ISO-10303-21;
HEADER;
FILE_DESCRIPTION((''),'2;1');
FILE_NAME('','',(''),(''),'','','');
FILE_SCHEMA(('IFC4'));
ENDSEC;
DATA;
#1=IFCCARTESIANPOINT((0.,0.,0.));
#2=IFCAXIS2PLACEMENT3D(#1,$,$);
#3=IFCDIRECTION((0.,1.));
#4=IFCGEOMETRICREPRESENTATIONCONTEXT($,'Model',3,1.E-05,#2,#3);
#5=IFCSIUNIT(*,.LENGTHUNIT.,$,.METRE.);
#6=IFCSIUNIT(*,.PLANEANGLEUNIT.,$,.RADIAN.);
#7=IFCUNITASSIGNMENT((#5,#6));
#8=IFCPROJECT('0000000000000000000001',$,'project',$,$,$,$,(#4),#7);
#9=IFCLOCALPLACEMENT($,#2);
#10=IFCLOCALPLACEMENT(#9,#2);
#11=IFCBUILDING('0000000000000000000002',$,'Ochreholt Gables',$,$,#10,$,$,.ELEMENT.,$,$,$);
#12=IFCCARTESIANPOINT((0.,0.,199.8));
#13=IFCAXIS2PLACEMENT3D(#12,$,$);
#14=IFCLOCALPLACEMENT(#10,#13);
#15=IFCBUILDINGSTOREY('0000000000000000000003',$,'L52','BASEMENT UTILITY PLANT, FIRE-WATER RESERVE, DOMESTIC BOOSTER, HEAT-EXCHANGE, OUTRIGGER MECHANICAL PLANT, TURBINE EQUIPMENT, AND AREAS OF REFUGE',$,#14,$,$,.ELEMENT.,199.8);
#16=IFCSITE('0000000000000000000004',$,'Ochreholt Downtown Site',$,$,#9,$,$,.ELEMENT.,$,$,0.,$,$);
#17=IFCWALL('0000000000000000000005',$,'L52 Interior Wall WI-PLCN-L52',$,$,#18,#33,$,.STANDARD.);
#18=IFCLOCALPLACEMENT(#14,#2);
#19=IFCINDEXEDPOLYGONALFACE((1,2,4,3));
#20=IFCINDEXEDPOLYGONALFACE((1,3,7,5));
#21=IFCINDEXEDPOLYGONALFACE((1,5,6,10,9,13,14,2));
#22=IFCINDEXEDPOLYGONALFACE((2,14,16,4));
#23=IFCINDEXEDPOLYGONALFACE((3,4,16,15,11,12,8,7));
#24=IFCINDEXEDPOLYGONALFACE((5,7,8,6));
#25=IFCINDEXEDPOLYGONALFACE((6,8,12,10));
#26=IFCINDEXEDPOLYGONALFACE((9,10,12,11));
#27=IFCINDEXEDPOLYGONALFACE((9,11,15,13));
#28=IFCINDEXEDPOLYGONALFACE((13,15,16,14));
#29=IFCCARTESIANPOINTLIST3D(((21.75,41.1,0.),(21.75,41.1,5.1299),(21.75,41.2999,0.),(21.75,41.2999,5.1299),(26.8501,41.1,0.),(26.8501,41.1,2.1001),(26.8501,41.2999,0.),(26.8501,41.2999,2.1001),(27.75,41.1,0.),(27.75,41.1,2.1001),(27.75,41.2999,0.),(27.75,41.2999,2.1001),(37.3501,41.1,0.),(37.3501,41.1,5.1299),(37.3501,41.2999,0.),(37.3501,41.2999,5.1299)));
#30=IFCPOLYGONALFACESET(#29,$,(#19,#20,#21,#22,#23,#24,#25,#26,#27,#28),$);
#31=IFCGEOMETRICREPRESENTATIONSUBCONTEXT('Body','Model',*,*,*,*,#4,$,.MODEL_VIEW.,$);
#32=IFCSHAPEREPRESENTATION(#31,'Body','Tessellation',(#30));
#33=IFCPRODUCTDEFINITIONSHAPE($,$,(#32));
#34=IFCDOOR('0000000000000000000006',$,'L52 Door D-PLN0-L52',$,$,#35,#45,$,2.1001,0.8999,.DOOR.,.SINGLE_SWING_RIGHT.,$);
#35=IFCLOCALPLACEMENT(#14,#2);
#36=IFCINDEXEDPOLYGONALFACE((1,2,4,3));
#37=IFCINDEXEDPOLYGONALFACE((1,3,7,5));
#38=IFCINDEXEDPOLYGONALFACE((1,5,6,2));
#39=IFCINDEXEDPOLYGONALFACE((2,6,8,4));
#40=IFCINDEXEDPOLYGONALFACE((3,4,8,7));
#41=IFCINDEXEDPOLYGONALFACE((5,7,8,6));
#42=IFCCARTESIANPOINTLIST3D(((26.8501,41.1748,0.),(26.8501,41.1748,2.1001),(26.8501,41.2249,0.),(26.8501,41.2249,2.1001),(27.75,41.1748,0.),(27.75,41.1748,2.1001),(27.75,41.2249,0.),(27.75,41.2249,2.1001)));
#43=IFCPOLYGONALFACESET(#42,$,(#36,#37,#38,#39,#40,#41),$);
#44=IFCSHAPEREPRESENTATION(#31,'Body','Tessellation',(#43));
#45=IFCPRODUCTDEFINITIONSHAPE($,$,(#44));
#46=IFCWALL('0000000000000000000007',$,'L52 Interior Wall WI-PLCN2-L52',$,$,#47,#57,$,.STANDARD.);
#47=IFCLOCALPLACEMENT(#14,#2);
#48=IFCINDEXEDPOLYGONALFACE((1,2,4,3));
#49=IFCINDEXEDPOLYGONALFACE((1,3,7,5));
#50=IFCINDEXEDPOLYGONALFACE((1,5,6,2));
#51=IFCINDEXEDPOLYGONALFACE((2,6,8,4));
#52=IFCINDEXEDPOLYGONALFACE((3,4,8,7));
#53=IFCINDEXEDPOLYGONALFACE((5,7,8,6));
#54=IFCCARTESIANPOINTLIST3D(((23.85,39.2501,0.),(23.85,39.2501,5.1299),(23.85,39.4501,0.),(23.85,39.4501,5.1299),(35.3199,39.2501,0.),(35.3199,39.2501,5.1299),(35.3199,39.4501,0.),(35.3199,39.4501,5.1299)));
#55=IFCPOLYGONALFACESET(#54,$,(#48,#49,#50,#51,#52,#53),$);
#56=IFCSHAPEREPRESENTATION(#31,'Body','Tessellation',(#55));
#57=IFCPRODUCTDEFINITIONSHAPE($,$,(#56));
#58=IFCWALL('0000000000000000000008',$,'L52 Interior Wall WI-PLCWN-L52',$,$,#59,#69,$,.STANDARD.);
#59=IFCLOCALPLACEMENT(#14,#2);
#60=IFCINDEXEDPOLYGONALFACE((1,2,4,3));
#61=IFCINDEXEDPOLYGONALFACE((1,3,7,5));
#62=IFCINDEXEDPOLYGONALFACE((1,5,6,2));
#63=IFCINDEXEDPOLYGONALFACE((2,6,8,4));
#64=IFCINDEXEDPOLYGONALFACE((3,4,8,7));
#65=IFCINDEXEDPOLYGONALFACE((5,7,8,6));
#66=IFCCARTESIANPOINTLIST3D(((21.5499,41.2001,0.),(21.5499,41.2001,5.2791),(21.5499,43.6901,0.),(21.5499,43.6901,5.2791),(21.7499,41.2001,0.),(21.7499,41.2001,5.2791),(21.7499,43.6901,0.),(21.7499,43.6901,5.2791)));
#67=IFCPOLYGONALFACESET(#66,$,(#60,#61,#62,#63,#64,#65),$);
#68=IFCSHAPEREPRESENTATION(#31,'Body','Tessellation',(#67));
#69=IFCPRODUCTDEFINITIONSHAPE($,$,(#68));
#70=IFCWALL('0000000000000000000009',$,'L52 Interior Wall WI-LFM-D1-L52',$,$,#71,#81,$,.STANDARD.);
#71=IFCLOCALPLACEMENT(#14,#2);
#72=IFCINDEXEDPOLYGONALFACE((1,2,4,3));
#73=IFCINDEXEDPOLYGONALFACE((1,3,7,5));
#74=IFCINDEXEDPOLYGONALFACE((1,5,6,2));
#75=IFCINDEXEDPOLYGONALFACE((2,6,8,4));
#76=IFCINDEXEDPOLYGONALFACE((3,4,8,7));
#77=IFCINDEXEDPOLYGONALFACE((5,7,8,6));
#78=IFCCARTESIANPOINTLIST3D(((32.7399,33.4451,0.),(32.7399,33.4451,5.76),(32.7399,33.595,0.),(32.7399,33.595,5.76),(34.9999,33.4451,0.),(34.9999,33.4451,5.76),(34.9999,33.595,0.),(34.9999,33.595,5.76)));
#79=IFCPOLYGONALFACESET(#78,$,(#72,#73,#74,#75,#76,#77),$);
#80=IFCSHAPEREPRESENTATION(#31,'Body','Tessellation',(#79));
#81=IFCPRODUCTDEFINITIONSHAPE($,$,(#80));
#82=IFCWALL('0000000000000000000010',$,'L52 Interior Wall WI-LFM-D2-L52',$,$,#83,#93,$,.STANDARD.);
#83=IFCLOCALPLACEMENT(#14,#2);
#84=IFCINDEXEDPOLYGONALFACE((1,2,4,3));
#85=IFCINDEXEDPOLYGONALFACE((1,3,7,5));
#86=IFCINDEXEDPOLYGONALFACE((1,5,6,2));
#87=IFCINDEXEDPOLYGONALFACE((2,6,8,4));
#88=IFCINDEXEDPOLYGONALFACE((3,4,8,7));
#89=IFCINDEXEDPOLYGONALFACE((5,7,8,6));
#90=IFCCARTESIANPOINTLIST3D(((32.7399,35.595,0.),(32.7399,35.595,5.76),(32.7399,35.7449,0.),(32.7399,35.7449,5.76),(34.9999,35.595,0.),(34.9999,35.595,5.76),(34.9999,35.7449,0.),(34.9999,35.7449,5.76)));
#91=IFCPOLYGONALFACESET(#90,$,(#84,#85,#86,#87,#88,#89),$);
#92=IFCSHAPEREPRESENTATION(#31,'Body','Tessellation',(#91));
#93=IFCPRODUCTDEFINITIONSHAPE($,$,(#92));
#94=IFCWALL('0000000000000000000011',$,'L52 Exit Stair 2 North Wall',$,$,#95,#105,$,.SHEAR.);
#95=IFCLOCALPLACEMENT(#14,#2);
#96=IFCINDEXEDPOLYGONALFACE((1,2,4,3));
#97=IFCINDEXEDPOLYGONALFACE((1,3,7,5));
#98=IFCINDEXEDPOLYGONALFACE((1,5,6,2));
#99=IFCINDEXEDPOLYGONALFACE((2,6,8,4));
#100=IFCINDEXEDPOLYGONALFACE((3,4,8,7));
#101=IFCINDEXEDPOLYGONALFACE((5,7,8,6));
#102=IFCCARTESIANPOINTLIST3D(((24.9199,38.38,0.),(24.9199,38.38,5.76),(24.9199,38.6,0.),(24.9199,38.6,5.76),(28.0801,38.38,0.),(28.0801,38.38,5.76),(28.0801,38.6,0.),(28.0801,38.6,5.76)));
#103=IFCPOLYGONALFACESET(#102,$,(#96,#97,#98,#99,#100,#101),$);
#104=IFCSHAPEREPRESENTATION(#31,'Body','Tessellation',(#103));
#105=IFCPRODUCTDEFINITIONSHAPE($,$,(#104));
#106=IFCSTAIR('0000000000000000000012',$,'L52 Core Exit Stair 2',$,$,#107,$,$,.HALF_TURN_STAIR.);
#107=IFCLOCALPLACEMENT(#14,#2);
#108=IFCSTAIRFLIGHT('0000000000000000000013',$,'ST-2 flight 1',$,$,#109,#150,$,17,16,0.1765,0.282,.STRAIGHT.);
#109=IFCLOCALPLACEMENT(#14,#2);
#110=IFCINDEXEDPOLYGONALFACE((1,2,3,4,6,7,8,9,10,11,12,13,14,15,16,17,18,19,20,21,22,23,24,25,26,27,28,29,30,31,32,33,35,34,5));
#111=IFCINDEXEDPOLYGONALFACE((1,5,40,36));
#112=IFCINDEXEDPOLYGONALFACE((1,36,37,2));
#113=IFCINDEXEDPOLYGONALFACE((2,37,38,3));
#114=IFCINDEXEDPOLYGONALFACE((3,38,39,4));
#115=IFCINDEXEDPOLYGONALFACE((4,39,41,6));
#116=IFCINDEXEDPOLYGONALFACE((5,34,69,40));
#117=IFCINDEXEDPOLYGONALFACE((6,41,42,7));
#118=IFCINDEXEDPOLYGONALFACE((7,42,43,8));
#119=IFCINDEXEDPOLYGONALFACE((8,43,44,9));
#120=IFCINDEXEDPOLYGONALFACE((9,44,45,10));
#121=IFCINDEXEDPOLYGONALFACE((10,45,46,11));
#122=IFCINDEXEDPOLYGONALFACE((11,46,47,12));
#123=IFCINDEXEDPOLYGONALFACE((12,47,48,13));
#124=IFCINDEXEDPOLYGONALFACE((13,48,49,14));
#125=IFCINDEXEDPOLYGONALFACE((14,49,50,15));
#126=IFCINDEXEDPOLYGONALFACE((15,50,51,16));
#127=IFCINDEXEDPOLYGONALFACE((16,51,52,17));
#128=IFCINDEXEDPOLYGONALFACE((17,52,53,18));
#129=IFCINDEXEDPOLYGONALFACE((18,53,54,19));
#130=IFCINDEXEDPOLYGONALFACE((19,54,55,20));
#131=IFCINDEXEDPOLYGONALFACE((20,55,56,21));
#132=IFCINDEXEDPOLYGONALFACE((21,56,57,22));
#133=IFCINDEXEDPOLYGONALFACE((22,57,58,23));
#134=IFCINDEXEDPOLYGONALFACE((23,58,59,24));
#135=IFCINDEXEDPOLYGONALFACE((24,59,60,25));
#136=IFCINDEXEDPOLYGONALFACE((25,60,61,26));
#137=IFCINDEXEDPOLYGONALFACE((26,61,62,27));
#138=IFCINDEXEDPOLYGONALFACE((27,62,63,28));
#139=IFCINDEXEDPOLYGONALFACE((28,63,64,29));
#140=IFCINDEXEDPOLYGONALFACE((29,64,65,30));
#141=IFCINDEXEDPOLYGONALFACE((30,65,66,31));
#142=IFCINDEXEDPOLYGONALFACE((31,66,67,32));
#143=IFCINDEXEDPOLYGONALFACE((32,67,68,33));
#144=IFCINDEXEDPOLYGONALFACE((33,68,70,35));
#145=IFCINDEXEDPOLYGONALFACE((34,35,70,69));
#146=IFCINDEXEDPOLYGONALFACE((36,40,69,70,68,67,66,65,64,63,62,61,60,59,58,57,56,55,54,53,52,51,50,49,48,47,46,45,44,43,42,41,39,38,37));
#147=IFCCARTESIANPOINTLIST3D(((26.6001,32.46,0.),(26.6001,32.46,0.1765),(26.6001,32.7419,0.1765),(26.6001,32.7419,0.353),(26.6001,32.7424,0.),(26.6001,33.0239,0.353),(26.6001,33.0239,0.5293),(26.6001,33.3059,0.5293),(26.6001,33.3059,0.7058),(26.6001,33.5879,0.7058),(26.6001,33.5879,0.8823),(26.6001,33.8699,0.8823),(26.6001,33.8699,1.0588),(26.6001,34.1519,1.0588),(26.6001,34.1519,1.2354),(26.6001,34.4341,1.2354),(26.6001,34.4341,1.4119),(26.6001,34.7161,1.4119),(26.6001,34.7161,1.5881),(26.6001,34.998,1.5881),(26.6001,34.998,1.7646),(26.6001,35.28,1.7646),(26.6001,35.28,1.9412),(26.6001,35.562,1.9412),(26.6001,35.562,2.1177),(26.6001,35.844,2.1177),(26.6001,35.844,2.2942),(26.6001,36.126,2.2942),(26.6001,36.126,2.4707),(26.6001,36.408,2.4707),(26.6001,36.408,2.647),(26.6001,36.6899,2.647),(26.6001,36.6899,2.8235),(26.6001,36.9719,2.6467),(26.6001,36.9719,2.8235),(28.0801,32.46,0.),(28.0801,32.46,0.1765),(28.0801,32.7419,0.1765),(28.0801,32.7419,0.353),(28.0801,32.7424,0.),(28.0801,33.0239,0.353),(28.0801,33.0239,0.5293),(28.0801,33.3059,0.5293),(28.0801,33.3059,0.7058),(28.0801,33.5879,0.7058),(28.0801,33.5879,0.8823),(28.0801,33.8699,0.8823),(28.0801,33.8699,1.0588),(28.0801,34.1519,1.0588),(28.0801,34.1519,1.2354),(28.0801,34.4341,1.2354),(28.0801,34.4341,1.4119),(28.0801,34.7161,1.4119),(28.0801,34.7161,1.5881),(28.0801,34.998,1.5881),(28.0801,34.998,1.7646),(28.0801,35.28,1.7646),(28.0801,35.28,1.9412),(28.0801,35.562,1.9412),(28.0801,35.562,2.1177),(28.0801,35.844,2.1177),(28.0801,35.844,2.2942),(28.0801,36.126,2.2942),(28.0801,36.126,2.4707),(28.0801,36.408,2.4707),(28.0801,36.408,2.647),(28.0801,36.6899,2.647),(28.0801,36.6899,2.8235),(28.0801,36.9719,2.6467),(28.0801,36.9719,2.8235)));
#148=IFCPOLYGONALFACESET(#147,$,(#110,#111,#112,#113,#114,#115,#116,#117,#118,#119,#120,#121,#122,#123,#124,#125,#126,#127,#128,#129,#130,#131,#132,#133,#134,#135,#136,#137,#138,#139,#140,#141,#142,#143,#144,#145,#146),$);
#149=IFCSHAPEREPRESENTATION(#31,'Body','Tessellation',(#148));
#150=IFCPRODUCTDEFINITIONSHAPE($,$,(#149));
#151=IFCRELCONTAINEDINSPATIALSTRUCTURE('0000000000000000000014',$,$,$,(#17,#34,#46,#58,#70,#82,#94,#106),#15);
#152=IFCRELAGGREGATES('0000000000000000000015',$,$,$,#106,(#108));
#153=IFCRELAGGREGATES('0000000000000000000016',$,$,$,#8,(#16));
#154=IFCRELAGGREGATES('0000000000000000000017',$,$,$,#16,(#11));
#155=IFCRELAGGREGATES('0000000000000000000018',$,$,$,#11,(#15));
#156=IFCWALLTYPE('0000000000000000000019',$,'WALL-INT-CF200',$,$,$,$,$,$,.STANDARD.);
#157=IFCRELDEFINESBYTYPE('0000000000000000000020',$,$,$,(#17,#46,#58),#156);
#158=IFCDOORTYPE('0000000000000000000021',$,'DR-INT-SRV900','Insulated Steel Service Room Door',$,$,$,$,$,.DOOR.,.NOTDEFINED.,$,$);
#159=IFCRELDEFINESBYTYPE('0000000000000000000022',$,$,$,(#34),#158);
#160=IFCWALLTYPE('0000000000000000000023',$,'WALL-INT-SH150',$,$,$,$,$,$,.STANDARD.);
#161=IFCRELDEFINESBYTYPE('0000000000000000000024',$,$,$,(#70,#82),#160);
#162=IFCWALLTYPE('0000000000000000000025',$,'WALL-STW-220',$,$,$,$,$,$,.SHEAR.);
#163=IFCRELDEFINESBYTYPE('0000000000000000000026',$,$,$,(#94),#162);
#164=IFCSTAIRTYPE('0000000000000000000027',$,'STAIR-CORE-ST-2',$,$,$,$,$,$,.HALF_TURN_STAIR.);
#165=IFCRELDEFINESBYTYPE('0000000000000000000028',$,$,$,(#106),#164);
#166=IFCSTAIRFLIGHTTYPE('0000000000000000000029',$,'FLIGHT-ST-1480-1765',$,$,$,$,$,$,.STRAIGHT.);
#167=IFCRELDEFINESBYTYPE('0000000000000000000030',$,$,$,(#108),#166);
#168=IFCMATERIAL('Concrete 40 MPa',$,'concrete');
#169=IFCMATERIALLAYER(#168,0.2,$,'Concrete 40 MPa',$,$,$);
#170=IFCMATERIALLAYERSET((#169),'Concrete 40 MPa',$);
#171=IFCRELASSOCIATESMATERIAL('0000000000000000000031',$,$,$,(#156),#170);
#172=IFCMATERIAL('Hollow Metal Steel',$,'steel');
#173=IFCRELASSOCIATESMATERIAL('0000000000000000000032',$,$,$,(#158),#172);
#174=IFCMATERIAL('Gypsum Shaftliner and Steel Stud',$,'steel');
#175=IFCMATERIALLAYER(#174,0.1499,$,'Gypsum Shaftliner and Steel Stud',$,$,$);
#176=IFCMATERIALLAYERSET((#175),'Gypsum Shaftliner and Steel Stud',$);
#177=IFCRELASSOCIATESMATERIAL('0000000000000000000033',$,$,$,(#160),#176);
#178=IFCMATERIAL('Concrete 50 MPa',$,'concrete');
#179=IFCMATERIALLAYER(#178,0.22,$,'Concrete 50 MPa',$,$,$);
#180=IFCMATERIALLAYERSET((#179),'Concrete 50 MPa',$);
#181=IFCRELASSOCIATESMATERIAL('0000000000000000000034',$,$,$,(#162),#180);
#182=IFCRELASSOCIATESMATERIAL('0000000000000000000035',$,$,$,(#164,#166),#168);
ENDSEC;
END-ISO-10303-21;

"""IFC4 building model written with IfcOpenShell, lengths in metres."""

from ifc_helpers import new_model, si_unit, direction, frame, frame_2d, origin, place, context, subcontext, project, spatial, polyline, rectangle, outline, extrude, material, layer, layer_set, type_object, element, fill, aggregate, save


model = new_model("IFC4")

# Units and contexts
model_context = context("Model", 3, precision=1e-05, world=origin(), true_north=direction((0.0, 1.0)))
body_context = subcontext(model_context, "Body", "Model", "MODEL_VIEW")
ifc_project = project(units=[si_unit("LENGTHUNIT", "METRE"), si_unit("PLANEANGLEUNIT", "RADIAN")], contexts=[model_context])

# Site, building, storey
site_placement = place(None, origin())
site = spatial("IfcSite", under=ifc_project, at=site_placement, Name="Ochreholt Downtown Site", CompositionType="ELEMENT", RefElevation=0.0)
building_placement = place(site_placement, origin())
building = spatial("IfcBuilding", under=site, at=building_placement, Name="Ochreholt Gables", CompositionType="ELEMENT")
storey_placement = place(building_placement, frame((0.0, 0.0, 199.8)))
storey = spatial("IfcBuildingStorey", under=building, at=storey_placement, Name="L52", Description="BASEMENT UTILITY PLANT, FIRE-WATER RESERVE, DOMESTIC BOOSTER, HEAT-EXCHANGE, OUTRIGGER MECHANICAL PLANT, TURBINE EQUIPMENT, AND AREAS OF REFUGE", CompositionType="ELEMENT", Elevation=199.8)

# Shared definitions
ifc_material_1 = material(Name="Concrete 50 MPa", Category="concrete")

# Shared definitions
ifc_material_2 = material(Name="Concrete 40 MPa", Category="concrete")
ifc_layer_1 = layer(ifc_material_2, 0.2, Name="Concrete 40 MPa")
ifc_layer_set_1 = layer_set([ifc_layer_1], Name="Concrete 40 MPa")
wall_type_1 = type_object("IfcWallType", Name="WALL-INT-CF200", PredefinedType="STANDARD", material=ifc_layer_set_1)

# Wall, opening, door
wall_1_placement = place(storey_placement, frame((21.75, 41.2, 0.0), z_axis=(0.0, 0.0, 1.0), x_axis=(1.0, 0.0, 0.0)))
wall_1 = element("IfcWall", 1, at=wall_1_placement, inside=storey, type_object=wall_type_1, Name="L52 Interior Wall WI-PLCN-L52", PredefinedType="STANDARD", context=body_context, shape_type="SweptSolid", body=[
    extrude(rectangle(XDim=15.6001, YDim=0.2, at=frame_2d((7.8, 0.0))), origin(), (0.0, 0.0, 1.0), 5.1299),
])
opening_placement = place(wall_1_placement, frame((5.1001, 0.0, 0.0)))
opening = element("IfcOpeningElement", 2, at=opening_placement, cuts=wall_1, PredefinedType="OPENING", context=body_context, shape_type="SweptSolid", body=[
    extrude(rectangle(XDim=0.8999, YDim=2.1001, at=frame_2d((0.45, 1.05))), frame((0.0, 0.1099, 0.0), z_axis=(0.0, -1.0, 0.0), x_axis=(1.0, 0.0, 0.0)), (0.0, 0.0, 1.0), 0.22),
])
ifc_material_3 = material(Name="Hollow Metal Steel", Category="steel")
door_type = type_object("IfcDoorType", Name="DR-INT-SRV900", Description="Insulated Steel Service Room Door", OperationType="NOTDEFINED", PredefinedType="DOOR", material=ifc_material_3)
door_placement = place(opening_placement, origin())
door = element("IfcDoor", 3, at=door_placement, inside=storey, type_object=door_type, Name="L52 Door D-PLN0-L52", OperationType="SINGLE_SWING_RIGHT", OverallHeight=2.1001, OverallWidth=0.8999, PredefinedType="DOOR", context=body_context, shape_type="SweptSolid", body=[
    extrude(rectangle(XDim=0.8999, YDim=2.1001, at=frame_2d((0.45, 1.05))), frame((0.0, 0.0249, 0.0), z_axis=(0.0, -1.0, 0.0), x_axis=(1.0, 0.0, 0.0)), (0.0, 0.0, 1.0), 0.05),
])
fill(opening, door)

# Walls
wall_2_placement = place(storey_placement, frame((23.8501, 39.3501, 0.0), z_axis=(0.0, 0.0, 1.0), x_axis=(1.0, 0.0, 0.0)))
element("IfcWall", 4, at=wall_2_placement, inside=storey, type_object=wall_type_1, Name="L52 Interior Wall WI-PLCN2-L52", PredefinedType="STANDARD", context=body_context, shape_type="SweptSolid", body=[
    extrude(rectangle(XDim=11.47, YDim=0.2, at=frame_2d((5.7349, 0.0))), origin(), (0.0, 0.0, 1.0), 5.1299),
])
wall_3_placement = place(storey_placement, frame((21.6499, 41.2, 0.0), z_axis=(0.0, 0.0, 1.0), x_axis=(0.0, 1.0, 0.0)))
element("IfcWall", 5, at=wall_3_placement, inside=storey, type_object=wall_type_1, Name="L52 Interior Wall WI-PLCWN-L52", PredefinedType="STANDARD", context=body_context, shape_type="SweptSolid", body=[
    extrude(rectangle(XDim=2.49, YDim=0.2, at=frame_2d((1.2451, 0.0))), origin(), (0.0, 0.0, 1.0), 5.2791),
])
ifc_material_4 = material(Name="Gypsum Shaftliner and Steel Stud", Category="steel")
ifc_layer_2 = layer(ifc_material_4, 0.1499, Name="Gypsum Shaftliner and Steel Stud")
ifc_layer_set_2 = layer_set([ifc_layer_2], Name="Gypsum Shaftliner and Steel Stud")
wall_type_2 = type_object("IfcWallType", Name="WALL-INT-SH150", PredefinedType="STANDARD", material=ifc_layer_set_2)
for number, where, z_axis, x_axis, name in (
    (6, (32.74, 33.52, 0.0), (0.0, 0.0, 1.0), (1.0, 0.0, 0.0), "L52 Interior Wall WI-LFM-D1-L52"),
    (7, (32.74, 35.6699, 0.0), (0.0, 0.0, 1.0), (1.0, 0.0, 0.0), "L52 Interior Wall WI-LFM-D2-L52"),
):
    element("IfcWall", number, at=place(storey_placement, frame(where, z_axis=z_axis, x_axis=x_axis)), inside=storey, type_object=wall_type_2, Name=name, PredefinedType="STANDARD", context=body_context, shape_type="SweptSolid", body=[
        extrude(rectangle(XDim=2.26, YDim=0.1499, at=frame_2d((1.1299, 0.0))), origin(), (0.0, 0.0, 1.0), 5.76),
    ])
ifc_layer_3 = layer(ifc_material_1, 0.22, Name="Concrete 50 MPa")
ifc_layer_set_3 = layer_set([ifc_layer_3], Name="Concrete 50 MPa")
wall_type_3 = type_object("IfcWallType", Name="WALL-STW-220", PredefinedType="SHEAR", material=ifc_layer_set_3)
wall_4_placement = place(storey_placement, frame((24.9199, 38.49, 0.0), z_axis=(0.0, 0.0, 1.0), x_axis=(1.0, 0.0, 0.0)))
element("IfcWall", 8, at=wall_4_placement, inside=storey, type_object=wall_type_3, Name="L52 Exit Stair 2 North Wall", PredefinedType="SHEAR", context=body_context, shape_type="SweptSolid", body=[
    extrude(rectangle(XDim=3.1602, YDim=0.22, at=frame_2d((1.5801, 0.0))), origin(), (0.0, 0.0, 1.0), 5.76),
])

# Stair, stair flight
stair_type = type_object("IfcStairType", Name="STAIR-CORE-ST-2", PredefinedType="HALF_TURN_STAIR", material=ifc_material_2)
stair_placement = place(storey_placement, origin())
stair = element("IfcStair", 9, at=stair_placement, inside=storey, type_object=stair_type, Name="L52 Core Exit Stair 2", PredefinedType="HALF_TURN_STAIR")
stair_flight_type = type_object("IfcStairFlightType", Name="FLIGHT-ST-1480-1765", PredefinedType="STRAIGHT", material=ifc_material_2)
stair_flight_1_placement = place(storey_placement, frame((27.3401, 32.46, 0.0), z_axis=(0.0, 0.0, 1.0), x_axis=(0.0, 1.0, 0.0)))
stair_flight_1 = element("IfcStairFlight", 10, at=stair_flight_1_placement, type_object=stair_flight_type, Name="ST-2 flight 1", NumberOfRisers=17, NumberOfTreads=16, PredefinedType="STRAIGHT", RiserHeight=0.1765, TreadLength=0.282, context=body_context, shape_type="SweptSolid", body=[
    extrude(outline(polyline([(0.0, 0.0), (0.0, 0.1765), (0.282, 0.1765), (0.282, 0.353), (0.564, 0.353), (0.564, 0.5293), (0.8459, 0.5293), (0.8459, 0.7058), (1.1279, 0.7058), (1.1279, 0.8823), (1.4099, 0.8823), (1.4099, 1.0588), (1.6919, 1.0588), (1.6919, 1.2354), (1.9741, 1.2354), (1.9741, 1.4119), (2.2561, 1.4119), (2.2561, 1.5881), (2.5381, 1.5881), (2.5381, 1.7646), (2.8201, 1.7646), (2.8201, 1.9412), (3.1021, 1.9412), (3.1021, 2.1177), (3.384, 2.1177), (3.384, 2.2942), (3.666, 2.2942), (3.666, 2.4707), (3.948, 2.4707), (3.948, 2.647), (4.23, 2.647), (4.23, 2.8235), (4.512, 2.8235), (4.512, 3.0), (4.512, 2.6467), (0.2825, 0.0), (0.0, 0.0)])), frame((0.0, 0.74, 0.0), z_axis=(0.0, -1.0, 0.0), x_axis=(1.0, 0.0, 0.0)), (0.0, 0.0, 1.0), 1.48),
])
aggregate(stair, [stair_flight_1])

save(model, "model.ifc")
